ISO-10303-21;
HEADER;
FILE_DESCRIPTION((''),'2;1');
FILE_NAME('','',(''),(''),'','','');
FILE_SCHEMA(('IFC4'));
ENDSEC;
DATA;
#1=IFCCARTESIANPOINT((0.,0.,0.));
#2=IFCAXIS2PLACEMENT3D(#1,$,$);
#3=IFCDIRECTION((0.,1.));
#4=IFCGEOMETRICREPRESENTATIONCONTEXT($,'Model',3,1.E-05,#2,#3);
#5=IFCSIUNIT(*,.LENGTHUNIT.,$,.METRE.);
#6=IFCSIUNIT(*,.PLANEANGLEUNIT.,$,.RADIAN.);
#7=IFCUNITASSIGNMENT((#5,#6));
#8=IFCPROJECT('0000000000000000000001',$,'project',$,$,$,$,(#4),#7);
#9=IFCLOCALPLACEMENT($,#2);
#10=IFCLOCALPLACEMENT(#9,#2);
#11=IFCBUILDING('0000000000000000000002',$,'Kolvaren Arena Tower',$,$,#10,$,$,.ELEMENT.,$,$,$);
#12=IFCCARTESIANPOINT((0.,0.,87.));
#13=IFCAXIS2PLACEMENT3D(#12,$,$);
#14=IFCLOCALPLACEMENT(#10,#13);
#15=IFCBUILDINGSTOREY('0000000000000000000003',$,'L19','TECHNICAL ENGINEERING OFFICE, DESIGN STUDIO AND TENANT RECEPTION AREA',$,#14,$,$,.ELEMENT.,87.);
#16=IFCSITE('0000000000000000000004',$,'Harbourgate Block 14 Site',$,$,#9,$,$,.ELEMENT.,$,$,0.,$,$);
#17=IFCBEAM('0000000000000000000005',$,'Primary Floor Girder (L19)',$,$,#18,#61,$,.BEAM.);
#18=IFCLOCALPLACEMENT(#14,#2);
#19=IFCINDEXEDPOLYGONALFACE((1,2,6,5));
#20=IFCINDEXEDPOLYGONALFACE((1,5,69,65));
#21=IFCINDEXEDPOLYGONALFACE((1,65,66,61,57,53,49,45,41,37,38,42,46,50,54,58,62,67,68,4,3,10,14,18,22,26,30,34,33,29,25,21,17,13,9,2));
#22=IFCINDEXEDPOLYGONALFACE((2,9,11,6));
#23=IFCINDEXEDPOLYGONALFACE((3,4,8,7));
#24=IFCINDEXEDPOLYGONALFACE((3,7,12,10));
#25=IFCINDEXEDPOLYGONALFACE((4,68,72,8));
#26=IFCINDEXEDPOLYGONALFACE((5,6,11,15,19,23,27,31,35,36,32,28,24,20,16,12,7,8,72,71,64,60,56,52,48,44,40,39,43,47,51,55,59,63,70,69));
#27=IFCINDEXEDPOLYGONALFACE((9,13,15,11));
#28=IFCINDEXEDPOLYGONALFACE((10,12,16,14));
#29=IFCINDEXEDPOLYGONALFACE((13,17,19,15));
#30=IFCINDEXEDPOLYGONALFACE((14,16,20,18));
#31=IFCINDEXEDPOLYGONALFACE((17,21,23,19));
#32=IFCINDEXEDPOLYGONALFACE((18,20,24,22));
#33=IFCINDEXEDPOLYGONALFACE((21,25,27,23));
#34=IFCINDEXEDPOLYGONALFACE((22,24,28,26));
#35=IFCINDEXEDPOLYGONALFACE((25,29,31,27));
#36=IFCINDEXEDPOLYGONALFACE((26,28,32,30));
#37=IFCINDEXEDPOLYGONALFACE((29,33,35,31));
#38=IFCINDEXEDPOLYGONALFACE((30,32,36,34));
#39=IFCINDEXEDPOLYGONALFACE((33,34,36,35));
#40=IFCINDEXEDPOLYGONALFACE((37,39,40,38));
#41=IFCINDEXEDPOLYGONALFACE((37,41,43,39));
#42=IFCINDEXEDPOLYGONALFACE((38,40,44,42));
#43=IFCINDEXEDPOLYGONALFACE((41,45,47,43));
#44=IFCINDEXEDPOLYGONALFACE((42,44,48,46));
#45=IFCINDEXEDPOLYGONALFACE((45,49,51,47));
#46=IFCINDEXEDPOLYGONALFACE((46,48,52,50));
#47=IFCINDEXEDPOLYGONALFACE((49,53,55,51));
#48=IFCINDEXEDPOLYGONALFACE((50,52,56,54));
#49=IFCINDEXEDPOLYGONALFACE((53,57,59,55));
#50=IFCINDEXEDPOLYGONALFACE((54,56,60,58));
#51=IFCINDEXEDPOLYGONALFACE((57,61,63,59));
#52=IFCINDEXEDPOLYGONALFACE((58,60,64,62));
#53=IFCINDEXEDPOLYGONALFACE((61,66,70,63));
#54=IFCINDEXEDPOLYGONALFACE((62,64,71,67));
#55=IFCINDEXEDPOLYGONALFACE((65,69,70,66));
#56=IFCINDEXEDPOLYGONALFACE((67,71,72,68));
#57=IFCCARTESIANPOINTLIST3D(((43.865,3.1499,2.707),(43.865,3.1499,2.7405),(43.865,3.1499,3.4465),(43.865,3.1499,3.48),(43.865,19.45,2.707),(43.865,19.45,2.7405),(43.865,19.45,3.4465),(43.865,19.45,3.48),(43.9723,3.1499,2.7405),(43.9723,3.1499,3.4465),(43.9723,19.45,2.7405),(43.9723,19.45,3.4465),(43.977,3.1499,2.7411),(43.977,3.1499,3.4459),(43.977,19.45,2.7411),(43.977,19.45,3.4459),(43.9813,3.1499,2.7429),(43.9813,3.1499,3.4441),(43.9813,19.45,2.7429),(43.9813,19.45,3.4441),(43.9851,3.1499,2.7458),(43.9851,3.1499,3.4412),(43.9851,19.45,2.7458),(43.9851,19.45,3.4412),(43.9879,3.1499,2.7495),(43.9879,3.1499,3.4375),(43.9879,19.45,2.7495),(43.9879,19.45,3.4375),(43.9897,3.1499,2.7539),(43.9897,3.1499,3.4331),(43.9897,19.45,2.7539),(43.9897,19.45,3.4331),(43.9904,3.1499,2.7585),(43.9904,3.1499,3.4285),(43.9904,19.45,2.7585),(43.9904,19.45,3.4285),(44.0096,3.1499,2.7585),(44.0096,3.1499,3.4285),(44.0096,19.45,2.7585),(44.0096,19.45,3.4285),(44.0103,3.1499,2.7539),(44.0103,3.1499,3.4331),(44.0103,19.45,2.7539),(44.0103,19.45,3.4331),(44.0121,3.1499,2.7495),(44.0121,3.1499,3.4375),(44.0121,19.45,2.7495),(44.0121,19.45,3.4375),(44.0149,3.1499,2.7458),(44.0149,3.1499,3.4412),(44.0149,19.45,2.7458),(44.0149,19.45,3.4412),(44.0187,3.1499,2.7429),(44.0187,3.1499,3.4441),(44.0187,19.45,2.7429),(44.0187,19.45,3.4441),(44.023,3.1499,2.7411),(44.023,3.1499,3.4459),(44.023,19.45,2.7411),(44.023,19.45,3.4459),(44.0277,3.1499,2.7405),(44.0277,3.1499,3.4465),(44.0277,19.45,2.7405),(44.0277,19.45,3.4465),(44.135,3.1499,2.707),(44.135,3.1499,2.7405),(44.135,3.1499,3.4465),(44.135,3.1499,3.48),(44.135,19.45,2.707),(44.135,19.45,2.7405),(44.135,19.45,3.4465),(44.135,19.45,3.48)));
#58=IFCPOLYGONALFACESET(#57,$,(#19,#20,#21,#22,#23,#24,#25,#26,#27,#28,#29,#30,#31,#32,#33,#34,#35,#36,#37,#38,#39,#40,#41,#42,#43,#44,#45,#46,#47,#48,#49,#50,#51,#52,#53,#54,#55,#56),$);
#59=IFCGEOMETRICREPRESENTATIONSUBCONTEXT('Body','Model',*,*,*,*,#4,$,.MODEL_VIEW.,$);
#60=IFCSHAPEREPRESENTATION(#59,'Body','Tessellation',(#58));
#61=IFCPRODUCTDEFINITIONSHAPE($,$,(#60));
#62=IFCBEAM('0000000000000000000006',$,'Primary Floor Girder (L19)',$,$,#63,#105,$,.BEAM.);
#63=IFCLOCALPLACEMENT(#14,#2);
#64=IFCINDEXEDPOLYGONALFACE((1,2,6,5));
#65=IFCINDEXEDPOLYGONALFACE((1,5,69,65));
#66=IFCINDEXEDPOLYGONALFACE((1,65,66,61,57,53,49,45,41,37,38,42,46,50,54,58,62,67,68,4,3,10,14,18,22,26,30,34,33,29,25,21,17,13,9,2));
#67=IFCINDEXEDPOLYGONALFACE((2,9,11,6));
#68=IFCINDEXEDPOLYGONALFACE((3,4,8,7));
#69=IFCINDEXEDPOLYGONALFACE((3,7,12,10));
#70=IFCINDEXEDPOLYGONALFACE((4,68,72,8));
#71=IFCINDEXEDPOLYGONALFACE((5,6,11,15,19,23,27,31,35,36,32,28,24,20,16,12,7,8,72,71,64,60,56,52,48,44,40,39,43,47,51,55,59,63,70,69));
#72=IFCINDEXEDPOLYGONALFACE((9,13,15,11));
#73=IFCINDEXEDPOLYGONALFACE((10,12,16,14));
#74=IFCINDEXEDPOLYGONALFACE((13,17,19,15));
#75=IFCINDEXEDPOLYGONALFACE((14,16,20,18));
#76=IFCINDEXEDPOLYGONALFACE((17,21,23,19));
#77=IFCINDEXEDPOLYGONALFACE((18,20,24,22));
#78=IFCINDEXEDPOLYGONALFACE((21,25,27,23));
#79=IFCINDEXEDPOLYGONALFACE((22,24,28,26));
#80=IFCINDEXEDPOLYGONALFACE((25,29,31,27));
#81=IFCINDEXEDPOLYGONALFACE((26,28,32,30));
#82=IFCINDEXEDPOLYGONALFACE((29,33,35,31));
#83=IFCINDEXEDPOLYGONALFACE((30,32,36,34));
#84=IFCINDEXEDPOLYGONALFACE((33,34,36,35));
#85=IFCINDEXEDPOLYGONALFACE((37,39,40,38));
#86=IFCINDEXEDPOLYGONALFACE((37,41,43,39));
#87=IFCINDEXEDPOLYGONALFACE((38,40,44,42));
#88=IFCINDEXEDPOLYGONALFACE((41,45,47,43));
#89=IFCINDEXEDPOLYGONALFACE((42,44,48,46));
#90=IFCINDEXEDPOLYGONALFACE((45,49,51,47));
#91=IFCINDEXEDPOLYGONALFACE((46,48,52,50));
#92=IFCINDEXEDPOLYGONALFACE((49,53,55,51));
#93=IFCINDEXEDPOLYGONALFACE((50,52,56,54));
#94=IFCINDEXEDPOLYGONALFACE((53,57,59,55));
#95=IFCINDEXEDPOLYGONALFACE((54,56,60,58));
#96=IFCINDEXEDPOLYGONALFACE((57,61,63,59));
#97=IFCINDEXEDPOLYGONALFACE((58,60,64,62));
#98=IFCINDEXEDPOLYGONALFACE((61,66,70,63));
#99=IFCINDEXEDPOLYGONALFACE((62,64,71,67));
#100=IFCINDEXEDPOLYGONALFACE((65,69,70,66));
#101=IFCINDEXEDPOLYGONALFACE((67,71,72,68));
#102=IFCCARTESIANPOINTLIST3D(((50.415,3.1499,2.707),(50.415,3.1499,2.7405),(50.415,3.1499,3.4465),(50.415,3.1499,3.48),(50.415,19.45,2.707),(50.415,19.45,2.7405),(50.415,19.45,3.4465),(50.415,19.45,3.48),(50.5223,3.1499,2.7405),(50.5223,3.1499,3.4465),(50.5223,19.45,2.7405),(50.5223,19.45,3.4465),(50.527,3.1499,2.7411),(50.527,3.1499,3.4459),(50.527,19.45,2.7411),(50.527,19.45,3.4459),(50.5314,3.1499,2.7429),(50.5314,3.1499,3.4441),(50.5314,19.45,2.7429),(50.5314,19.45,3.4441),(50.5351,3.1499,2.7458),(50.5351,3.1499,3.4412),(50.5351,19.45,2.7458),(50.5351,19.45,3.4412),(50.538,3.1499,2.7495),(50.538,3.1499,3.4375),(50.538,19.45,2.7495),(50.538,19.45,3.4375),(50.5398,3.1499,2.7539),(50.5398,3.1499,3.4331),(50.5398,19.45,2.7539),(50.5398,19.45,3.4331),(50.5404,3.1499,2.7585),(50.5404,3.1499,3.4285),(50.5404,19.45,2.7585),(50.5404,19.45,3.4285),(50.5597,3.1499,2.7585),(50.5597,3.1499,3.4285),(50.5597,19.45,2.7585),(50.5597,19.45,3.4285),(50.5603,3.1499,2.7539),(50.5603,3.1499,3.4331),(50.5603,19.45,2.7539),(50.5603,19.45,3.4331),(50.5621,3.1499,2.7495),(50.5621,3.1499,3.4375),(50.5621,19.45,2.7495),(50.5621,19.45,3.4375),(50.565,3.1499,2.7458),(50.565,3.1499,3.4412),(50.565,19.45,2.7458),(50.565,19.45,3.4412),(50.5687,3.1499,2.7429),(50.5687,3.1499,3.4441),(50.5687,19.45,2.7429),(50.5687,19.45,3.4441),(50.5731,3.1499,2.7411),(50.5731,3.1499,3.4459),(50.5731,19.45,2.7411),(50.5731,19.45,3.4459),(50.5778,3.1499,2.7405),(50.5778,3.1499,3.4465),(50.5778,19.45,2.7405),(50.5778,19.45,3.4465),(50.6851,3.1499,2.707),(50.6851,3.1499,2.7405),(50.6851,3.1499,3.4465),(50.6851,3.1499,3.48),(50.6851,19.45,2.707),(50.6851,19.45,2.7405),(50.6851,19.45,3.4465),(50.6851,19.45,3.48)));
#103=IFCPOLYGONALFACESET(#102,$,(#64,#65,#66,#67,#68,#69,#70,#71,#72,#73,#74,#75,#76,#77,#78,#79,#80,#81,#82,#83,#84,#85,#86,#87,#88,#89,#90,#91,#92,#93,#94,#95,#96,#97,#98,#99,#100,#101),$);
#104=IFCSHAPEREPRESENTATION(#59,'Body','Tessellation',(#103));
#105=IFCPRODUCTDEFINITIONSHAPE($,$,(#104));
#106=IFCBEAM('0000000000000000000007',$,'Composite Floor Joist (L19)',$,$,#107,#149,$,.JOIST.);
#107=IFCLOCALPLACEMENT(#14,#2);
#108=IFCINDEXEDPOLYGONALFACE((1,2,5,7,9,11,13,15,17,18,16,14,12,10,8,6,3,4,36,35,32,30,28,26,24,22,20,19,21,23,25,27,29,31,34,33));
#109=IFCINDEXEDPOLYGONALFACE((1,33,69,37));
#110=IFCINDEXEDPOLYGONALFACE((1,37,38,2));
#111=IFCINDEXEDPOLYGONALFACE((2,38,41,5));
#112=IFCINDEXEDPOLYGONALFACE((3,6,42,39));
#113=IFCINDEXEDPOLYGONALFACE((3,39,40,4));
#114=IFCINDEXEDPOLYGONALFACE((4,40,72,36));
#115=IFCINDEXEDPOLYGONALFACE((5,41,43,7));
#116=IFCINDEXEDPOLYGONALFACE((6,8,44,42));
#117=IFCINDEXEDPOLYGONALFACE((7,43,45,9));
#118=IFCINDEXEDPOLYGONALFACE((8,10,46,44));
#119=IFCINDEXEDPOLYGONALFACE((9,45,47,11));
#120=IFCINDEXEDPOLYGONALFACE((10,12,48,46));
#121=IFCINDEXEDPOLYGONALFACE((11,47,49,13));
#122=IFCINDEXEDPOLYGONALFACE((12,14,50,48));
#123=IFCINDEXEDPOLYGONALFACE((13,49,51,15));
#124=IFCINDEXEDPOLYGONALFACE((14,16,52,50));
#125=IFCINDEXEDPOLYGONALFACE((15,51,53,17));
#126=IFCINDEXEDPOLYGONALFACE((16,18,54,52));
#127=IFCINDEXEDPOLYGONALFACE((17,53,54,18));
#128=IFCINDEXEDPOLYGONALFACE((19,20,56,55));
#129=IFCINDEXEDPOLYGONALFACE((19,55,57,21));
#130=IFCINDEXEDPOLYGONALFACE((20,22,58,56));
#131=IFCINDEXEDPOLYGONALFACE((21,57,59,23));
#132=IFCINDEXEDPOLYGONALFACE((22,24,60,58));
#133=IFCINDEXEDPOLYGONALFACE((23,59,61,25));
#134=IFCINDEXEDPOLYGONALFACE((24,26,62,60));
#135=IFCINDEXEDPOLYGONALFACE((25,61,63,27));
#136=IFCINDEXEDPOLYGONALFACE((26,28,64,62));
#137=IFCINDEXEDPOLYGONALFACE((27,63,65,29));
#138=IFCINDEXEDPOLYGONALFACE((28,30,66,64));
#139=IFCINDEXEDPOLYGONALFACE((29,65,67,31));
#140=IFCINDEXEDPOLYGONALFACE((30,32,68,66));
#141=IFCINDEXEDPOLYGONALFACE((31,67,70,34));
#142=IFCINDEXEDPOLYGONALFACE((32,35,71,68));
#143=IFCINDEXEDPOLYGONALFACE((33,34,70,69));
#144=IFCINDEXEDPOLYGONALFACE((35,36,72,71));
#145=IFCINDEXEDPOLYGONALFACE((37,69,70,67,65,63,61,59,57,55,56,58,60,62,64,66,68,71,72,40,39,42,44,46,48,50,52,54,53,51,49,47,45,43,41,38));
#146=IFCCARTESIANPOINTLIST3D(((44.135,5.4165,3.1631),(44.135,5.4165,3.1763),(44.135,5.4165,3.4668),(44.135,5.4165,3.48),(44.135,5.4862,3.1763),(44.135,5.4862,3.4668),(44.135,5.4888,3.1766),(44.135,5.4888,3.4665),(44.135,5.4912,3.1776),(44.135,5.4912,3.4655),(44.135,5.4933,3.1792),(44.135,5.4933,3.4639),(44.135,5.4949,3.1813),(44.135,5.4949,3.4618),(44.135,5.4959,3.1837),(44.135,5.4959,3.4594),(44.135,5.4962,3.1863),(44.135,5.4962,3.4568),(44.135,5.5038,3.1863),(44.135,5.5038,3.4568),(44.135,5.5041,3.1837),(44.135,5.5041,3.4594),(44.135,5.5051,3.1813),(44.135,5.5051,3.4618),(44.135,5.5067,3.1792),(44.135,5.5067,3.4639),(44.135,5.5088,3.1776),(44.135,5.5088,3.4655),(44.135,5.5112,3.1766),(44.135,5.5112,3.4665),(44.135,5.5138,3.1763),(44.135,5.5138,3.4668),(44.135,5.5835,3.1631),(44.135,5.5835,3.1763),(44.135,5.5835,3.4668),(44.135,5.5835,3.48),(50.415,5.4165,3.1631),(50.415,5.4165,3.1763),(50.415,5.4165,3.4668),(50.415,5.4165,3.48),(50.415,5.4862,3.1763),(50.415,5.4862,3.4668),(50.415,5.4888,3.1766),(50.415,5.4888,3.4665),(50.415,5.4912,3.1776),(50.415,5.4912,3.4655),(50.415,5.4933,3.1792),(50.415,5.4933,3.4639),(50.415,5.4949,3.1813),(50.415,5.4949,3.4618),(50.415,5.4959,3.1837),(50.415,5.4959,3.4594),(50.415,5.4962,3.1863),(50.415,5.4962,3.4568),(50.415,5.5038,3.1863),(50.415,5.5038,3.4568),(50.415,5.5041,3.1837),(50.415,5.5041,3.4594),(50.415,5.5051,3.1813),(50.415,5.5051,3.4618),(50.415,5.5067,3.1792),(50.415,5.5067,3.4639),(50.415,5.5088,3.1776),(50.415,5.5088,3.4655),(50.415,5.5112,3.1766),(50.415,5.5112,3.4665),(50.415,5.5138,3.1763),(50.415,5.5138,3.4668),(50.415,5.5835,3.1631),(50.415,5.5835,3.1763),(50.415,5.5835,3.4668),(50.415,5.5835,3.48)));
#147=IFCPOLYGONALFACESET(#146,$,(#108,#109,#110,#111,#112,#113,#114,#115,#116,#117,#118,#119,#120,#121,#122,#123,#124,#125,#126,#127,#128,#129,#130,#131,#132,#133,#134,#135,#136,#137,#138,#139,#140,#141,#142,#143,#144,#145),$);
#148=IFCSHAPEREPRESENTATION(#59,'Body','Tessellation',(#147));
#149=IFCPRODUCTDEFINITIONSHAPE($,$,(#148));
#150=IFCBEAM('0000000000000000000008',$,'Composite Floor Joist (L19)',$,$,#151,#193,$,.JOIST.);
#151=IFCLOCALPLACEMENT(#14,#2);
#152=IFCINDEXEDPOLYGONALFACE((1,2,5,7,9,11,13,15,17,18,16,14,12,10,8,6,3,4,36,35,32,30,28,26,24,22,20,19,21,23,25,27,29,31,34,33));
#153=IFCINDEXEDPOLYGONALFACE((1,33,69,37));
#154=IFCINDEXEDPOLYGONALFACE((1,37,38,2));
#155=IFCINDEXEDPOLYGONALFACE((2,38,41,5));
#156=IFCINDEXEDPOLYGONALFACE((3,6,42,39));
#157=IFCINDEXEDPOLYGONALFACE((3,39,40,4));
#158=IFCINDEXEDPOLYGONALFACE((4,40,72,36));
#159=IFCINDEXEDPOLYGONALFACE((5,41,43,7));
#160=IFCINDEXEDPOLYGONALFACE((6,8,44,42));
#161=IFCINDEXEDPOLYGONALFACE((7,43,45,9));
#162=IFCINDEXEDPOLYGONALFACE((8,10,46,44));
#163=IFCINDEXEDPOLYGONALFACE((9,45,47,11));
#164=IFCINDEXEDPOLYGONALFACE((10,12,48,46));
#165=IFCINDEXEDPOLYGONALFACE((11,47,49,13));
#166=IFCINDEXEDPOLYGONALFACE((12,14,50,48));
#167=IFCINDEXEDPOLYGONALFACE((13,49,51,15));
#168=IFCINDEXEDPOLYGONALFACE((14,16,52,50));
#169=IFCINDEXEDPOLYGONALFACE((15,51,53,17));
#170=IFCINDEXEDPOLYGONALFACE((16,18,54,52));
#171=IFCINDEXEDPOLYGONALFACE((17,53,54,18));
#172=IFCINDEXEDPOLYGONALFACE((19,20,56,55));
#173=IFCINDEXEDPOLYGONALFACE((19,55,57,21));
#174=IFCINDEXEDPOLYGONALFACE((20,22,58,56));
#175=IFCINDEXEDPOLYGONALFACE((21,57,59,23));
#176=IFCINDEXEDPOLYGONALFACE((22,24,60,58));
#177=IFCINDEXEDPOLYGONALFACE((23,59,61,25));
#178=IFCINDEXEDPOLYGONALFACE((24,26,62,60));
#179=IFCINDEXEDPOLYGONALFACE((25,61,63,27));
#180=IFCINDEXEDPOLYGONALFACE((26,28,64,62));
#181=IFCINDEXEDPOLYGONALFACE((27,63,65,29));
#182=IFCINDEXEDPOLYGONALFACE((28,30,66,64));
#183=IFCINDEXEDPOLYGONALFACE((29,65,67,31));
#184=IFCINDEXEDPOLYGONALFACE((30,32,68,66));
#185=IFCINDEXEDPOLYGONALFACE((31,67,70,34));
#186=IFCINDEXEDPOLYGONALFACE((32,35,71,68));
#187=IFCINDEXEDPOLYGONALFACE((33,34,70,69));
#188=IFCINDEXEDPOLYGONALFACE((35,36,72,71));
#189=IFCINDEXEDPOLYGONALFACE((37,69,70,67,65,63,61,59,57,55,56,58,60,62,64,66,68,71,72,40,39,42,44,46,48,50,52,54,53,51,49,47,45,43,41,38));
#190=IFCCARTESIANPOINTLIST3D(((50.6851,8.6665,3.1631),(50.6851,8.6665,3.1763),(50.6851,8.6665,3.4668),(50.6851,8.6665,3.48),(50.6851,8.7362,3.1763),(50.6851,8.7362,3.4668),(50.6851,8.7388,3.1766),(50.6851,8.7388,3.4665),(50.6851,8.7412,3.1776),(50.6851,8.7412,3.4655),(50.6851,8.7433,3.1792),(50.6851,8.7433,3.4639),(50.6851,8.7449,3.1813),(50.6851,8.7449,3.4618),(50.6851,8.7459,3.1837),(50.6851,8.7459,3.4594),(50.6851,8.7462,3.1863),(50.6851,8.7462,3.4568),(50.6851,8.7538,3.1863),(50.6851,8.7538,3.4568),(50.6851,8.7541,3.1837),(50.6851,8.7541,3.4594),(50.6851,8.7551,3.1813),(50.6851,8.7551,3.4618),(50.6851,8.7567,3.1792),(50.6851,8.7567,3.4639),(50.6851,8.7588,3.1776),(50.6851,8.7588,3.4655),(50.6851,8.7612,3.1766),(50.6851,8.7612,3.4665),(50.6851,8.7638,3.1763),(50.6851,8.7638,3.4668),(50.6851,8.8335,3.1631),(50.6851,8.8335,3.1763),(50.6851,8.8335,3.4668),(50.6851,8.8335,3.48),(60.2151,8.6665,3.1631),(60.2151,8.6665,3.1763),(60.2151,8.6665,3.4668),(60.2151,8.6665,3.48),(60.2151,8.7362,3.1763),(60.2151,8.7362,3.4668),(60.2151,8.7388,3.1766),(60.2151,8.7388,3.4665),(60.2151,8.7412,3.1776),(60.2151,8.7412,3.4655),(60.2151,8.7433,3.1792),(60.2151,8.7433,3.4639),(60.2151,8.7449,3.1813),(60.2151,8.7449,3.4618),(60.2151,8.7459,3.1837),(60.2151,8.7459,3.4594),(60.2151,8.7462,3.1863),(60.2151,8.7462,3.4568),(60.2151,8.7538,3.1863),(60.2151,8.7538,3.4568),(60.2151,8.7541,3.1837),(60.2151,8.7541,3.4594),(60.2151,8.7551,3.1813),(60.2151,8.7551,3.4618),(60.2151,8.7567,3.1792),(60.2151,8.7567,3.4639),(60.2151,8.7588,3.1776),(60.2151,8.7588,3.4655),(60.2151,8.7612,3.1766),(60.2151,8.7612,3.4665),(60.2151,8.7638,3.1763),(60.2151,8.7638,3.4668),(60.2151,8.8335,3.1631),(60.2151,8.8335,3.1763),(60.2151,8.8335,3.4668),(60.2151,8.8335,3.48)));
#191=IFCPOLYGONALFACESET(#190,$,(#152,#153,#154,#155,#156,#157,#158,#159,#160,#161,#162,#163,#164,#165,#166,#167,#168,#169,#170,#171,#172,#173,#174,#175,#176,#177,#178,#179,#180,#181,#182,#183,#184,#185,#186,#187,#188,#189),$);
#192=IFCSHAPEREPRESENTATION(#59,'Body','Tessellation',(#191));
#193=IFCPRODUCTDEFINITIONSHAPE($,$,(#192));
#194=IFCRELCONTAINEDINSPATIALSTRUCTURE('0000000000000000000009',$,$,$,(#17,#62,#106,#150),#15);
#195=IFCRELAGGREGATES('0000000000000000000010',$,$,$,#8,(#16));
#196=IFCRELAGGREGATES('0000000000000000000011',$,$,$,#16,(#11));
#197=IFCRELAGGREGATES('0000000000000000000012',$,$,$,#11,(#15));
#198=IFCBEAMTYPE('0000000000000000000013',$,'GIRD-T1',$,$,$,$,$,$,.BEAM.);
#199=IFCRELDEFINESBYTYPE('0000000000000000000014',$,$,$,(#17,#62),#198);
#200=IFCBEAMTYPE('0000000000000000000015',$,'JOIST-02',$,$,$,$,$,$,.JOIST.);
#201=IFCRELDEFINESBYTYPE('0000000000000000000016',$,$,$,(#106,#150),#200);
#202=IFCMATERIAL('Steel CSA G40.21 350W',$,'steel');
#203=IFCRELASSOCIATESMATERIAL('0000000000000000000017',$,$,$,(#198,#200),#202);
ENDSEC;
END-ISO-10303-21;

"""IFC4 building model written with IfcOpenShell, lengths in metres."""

from ifc_helpers import new_model, si_unit, direction, frame, origin, origin_2d, place, context, subcontext, project, spatial, i_section, extrude, material, material_profile, profile_set, type_object, element, save


model = new_model("IFC4")

# Units and contexts
model_context = context("Model", 3, precision=1e-05, world=origin(), true_north=direction((0.0, 1.0)))
body_context = subcontext(model_context, "Body", "Model", "MODEL_VIEW")
ifc_project = project(units=[si_unit("LENGTHUNIT", "METRE"), si_unit("PLANEANGLEUNIT", "RADIAN")], contexts=[model_context])

# Site, building, storey
site_placement = place(None, origin())
site = spatial("IfcSite", under=ifc_project, at=site_placement, Name="Harbourgate Block 14 Site", CompositionType="ELEMENT", RefElevation=0.0)
building_placement = place(site_placement, origin())
building = spatial("IfcBuilding", under=site, at=building_placement, Name="Kolvaren Arena Tower", CompositionType="ELEMENT")
storey_placement = place(building_placement, frame((0.0, 0.0, 87.0)))
storey = spatial("IfcBuildingStorey", under=building, at=storey_placement, Name="L19", Description="TECHNICAL ENGINEERING OFFICE, DESIGN STUDIO AND TENANT RECEPTION AREA", CompositionType="ELEMENT", Elevation=87.0)

# Beams
ifc_material_1 = material(Name="Steel CSA G40.21 350W", Category="steel")
ifc_material_profile_1 = material_profile(ifc_material_1, i_section(OverallWidth=0.27, OverallDepth=0.7729, WebThickness=0.0193, FlangeThickness=0.0334, FilletRadius=0.0181, at=origin_2d()), Name="W760x257")
ifc_profile_set_1 = profile_set([ifc_material_profile_1], Name="Steel CSA G40.21 350W")
beam_type_1 = type_object("IfcBeamType", Name="GIRD-T1", PredefinedType="BEAM", material=ifc_profile_set_1)
for number, where, z_axis, x_axis, name in (
    (1, (44.0, 3.1499, 3.0935), (0.0, 1.0, 0.0), (-1.0, 0.0, 0.0), "Primary Floor Girder (L19)"),
    (2, (50.55, 3.1499, 3.0935), (0.0, 1.0, 0.0), (-1.0, 0.0, 0.0), "Primary Floor Girder (L19)"),
):
    element("IfcBeam", number, at=place(storey_placement, frame(where, z_axis=z_axis, x_axis=x_axis)), inside=storey, type_object=beam_type_1, Name=name, PredefinedType="BEAM", context=body_context, shape_type="SweptSolid", body=[
        extrude(i_section(OverallWidth=0.27, OverallDepth=0.7729, WebThickness=0.0193, FlangeThickness=0.0334, FilletRadius=0.0181, at=origin_2d()), origin(), (0.0, 0.0, 1.0), 16.3),
    ])
ifc_material_profile_2 = material_profile(ifc_material_1, i_section(OverallWidth=0.167, OverallDepth=0.3169, WebThickness=0.0076, FlangeThickness=0.0132, FilletRadius=0.01, at=origin_2d()), Name="W310x52")
ifc_profile_set_2 = profile_set([ifc_material_profile_2], Name="Steel CSA G40.21 350W")
beam_type_2 = type_object("IfcBeamType", Name="JOIST-02", PredefinedType="JOIST", material=ifc_profile_set_2)
beam_1_placement = place(storey_placement, frame((44.135, 5.5, 3.3215), z_axis=(1.0, 0.0, 0.0), x_axis=(0.0, 1.0, 0.0)))
element("IfcBeam", 3, at=beam_1_placement, inside=storey, type_object=beam_type_2, Name="Composite Floor Joist (L19)", PredefinedType="JOIST", context=body_context, shape_type="SweptSolid", body=[
    extrude(i_section(OverallWidth=0.167, OverallDepth=0.3169, WebThickness=0.0076, FlangeThickness=0.0132, FilletRadius=0.01, at=origin_2d()), origin(), (0.0, 0.0, 1.0), 6.28),
])
beam_2_placement = place(storey_placement, frame((50.6851, 8.75, 3.3215), z_axis=(1.0, 0.0, 0.0), x_axis=(0.0, 1.0, 0.0)))
element("IfcBeam", 4, at=beam_2_placement, inside=storey, type_object=beam_type_2, Name="Composite Floor Joist (L19)", PredefinedType="JOIST", context=body_context, shape_type="SweptSolid", body=[
    extrude(i_section(OverallWidth=0.167, OverallDepth=0.3169, WebThickness=0.0076, FlangeThickness=0.0132, FilletRadius=0.01, at=origin_2d()), origin(), (0.0, 0.0, 1.0), 9.53),
])

save(model, "model.ifc")
